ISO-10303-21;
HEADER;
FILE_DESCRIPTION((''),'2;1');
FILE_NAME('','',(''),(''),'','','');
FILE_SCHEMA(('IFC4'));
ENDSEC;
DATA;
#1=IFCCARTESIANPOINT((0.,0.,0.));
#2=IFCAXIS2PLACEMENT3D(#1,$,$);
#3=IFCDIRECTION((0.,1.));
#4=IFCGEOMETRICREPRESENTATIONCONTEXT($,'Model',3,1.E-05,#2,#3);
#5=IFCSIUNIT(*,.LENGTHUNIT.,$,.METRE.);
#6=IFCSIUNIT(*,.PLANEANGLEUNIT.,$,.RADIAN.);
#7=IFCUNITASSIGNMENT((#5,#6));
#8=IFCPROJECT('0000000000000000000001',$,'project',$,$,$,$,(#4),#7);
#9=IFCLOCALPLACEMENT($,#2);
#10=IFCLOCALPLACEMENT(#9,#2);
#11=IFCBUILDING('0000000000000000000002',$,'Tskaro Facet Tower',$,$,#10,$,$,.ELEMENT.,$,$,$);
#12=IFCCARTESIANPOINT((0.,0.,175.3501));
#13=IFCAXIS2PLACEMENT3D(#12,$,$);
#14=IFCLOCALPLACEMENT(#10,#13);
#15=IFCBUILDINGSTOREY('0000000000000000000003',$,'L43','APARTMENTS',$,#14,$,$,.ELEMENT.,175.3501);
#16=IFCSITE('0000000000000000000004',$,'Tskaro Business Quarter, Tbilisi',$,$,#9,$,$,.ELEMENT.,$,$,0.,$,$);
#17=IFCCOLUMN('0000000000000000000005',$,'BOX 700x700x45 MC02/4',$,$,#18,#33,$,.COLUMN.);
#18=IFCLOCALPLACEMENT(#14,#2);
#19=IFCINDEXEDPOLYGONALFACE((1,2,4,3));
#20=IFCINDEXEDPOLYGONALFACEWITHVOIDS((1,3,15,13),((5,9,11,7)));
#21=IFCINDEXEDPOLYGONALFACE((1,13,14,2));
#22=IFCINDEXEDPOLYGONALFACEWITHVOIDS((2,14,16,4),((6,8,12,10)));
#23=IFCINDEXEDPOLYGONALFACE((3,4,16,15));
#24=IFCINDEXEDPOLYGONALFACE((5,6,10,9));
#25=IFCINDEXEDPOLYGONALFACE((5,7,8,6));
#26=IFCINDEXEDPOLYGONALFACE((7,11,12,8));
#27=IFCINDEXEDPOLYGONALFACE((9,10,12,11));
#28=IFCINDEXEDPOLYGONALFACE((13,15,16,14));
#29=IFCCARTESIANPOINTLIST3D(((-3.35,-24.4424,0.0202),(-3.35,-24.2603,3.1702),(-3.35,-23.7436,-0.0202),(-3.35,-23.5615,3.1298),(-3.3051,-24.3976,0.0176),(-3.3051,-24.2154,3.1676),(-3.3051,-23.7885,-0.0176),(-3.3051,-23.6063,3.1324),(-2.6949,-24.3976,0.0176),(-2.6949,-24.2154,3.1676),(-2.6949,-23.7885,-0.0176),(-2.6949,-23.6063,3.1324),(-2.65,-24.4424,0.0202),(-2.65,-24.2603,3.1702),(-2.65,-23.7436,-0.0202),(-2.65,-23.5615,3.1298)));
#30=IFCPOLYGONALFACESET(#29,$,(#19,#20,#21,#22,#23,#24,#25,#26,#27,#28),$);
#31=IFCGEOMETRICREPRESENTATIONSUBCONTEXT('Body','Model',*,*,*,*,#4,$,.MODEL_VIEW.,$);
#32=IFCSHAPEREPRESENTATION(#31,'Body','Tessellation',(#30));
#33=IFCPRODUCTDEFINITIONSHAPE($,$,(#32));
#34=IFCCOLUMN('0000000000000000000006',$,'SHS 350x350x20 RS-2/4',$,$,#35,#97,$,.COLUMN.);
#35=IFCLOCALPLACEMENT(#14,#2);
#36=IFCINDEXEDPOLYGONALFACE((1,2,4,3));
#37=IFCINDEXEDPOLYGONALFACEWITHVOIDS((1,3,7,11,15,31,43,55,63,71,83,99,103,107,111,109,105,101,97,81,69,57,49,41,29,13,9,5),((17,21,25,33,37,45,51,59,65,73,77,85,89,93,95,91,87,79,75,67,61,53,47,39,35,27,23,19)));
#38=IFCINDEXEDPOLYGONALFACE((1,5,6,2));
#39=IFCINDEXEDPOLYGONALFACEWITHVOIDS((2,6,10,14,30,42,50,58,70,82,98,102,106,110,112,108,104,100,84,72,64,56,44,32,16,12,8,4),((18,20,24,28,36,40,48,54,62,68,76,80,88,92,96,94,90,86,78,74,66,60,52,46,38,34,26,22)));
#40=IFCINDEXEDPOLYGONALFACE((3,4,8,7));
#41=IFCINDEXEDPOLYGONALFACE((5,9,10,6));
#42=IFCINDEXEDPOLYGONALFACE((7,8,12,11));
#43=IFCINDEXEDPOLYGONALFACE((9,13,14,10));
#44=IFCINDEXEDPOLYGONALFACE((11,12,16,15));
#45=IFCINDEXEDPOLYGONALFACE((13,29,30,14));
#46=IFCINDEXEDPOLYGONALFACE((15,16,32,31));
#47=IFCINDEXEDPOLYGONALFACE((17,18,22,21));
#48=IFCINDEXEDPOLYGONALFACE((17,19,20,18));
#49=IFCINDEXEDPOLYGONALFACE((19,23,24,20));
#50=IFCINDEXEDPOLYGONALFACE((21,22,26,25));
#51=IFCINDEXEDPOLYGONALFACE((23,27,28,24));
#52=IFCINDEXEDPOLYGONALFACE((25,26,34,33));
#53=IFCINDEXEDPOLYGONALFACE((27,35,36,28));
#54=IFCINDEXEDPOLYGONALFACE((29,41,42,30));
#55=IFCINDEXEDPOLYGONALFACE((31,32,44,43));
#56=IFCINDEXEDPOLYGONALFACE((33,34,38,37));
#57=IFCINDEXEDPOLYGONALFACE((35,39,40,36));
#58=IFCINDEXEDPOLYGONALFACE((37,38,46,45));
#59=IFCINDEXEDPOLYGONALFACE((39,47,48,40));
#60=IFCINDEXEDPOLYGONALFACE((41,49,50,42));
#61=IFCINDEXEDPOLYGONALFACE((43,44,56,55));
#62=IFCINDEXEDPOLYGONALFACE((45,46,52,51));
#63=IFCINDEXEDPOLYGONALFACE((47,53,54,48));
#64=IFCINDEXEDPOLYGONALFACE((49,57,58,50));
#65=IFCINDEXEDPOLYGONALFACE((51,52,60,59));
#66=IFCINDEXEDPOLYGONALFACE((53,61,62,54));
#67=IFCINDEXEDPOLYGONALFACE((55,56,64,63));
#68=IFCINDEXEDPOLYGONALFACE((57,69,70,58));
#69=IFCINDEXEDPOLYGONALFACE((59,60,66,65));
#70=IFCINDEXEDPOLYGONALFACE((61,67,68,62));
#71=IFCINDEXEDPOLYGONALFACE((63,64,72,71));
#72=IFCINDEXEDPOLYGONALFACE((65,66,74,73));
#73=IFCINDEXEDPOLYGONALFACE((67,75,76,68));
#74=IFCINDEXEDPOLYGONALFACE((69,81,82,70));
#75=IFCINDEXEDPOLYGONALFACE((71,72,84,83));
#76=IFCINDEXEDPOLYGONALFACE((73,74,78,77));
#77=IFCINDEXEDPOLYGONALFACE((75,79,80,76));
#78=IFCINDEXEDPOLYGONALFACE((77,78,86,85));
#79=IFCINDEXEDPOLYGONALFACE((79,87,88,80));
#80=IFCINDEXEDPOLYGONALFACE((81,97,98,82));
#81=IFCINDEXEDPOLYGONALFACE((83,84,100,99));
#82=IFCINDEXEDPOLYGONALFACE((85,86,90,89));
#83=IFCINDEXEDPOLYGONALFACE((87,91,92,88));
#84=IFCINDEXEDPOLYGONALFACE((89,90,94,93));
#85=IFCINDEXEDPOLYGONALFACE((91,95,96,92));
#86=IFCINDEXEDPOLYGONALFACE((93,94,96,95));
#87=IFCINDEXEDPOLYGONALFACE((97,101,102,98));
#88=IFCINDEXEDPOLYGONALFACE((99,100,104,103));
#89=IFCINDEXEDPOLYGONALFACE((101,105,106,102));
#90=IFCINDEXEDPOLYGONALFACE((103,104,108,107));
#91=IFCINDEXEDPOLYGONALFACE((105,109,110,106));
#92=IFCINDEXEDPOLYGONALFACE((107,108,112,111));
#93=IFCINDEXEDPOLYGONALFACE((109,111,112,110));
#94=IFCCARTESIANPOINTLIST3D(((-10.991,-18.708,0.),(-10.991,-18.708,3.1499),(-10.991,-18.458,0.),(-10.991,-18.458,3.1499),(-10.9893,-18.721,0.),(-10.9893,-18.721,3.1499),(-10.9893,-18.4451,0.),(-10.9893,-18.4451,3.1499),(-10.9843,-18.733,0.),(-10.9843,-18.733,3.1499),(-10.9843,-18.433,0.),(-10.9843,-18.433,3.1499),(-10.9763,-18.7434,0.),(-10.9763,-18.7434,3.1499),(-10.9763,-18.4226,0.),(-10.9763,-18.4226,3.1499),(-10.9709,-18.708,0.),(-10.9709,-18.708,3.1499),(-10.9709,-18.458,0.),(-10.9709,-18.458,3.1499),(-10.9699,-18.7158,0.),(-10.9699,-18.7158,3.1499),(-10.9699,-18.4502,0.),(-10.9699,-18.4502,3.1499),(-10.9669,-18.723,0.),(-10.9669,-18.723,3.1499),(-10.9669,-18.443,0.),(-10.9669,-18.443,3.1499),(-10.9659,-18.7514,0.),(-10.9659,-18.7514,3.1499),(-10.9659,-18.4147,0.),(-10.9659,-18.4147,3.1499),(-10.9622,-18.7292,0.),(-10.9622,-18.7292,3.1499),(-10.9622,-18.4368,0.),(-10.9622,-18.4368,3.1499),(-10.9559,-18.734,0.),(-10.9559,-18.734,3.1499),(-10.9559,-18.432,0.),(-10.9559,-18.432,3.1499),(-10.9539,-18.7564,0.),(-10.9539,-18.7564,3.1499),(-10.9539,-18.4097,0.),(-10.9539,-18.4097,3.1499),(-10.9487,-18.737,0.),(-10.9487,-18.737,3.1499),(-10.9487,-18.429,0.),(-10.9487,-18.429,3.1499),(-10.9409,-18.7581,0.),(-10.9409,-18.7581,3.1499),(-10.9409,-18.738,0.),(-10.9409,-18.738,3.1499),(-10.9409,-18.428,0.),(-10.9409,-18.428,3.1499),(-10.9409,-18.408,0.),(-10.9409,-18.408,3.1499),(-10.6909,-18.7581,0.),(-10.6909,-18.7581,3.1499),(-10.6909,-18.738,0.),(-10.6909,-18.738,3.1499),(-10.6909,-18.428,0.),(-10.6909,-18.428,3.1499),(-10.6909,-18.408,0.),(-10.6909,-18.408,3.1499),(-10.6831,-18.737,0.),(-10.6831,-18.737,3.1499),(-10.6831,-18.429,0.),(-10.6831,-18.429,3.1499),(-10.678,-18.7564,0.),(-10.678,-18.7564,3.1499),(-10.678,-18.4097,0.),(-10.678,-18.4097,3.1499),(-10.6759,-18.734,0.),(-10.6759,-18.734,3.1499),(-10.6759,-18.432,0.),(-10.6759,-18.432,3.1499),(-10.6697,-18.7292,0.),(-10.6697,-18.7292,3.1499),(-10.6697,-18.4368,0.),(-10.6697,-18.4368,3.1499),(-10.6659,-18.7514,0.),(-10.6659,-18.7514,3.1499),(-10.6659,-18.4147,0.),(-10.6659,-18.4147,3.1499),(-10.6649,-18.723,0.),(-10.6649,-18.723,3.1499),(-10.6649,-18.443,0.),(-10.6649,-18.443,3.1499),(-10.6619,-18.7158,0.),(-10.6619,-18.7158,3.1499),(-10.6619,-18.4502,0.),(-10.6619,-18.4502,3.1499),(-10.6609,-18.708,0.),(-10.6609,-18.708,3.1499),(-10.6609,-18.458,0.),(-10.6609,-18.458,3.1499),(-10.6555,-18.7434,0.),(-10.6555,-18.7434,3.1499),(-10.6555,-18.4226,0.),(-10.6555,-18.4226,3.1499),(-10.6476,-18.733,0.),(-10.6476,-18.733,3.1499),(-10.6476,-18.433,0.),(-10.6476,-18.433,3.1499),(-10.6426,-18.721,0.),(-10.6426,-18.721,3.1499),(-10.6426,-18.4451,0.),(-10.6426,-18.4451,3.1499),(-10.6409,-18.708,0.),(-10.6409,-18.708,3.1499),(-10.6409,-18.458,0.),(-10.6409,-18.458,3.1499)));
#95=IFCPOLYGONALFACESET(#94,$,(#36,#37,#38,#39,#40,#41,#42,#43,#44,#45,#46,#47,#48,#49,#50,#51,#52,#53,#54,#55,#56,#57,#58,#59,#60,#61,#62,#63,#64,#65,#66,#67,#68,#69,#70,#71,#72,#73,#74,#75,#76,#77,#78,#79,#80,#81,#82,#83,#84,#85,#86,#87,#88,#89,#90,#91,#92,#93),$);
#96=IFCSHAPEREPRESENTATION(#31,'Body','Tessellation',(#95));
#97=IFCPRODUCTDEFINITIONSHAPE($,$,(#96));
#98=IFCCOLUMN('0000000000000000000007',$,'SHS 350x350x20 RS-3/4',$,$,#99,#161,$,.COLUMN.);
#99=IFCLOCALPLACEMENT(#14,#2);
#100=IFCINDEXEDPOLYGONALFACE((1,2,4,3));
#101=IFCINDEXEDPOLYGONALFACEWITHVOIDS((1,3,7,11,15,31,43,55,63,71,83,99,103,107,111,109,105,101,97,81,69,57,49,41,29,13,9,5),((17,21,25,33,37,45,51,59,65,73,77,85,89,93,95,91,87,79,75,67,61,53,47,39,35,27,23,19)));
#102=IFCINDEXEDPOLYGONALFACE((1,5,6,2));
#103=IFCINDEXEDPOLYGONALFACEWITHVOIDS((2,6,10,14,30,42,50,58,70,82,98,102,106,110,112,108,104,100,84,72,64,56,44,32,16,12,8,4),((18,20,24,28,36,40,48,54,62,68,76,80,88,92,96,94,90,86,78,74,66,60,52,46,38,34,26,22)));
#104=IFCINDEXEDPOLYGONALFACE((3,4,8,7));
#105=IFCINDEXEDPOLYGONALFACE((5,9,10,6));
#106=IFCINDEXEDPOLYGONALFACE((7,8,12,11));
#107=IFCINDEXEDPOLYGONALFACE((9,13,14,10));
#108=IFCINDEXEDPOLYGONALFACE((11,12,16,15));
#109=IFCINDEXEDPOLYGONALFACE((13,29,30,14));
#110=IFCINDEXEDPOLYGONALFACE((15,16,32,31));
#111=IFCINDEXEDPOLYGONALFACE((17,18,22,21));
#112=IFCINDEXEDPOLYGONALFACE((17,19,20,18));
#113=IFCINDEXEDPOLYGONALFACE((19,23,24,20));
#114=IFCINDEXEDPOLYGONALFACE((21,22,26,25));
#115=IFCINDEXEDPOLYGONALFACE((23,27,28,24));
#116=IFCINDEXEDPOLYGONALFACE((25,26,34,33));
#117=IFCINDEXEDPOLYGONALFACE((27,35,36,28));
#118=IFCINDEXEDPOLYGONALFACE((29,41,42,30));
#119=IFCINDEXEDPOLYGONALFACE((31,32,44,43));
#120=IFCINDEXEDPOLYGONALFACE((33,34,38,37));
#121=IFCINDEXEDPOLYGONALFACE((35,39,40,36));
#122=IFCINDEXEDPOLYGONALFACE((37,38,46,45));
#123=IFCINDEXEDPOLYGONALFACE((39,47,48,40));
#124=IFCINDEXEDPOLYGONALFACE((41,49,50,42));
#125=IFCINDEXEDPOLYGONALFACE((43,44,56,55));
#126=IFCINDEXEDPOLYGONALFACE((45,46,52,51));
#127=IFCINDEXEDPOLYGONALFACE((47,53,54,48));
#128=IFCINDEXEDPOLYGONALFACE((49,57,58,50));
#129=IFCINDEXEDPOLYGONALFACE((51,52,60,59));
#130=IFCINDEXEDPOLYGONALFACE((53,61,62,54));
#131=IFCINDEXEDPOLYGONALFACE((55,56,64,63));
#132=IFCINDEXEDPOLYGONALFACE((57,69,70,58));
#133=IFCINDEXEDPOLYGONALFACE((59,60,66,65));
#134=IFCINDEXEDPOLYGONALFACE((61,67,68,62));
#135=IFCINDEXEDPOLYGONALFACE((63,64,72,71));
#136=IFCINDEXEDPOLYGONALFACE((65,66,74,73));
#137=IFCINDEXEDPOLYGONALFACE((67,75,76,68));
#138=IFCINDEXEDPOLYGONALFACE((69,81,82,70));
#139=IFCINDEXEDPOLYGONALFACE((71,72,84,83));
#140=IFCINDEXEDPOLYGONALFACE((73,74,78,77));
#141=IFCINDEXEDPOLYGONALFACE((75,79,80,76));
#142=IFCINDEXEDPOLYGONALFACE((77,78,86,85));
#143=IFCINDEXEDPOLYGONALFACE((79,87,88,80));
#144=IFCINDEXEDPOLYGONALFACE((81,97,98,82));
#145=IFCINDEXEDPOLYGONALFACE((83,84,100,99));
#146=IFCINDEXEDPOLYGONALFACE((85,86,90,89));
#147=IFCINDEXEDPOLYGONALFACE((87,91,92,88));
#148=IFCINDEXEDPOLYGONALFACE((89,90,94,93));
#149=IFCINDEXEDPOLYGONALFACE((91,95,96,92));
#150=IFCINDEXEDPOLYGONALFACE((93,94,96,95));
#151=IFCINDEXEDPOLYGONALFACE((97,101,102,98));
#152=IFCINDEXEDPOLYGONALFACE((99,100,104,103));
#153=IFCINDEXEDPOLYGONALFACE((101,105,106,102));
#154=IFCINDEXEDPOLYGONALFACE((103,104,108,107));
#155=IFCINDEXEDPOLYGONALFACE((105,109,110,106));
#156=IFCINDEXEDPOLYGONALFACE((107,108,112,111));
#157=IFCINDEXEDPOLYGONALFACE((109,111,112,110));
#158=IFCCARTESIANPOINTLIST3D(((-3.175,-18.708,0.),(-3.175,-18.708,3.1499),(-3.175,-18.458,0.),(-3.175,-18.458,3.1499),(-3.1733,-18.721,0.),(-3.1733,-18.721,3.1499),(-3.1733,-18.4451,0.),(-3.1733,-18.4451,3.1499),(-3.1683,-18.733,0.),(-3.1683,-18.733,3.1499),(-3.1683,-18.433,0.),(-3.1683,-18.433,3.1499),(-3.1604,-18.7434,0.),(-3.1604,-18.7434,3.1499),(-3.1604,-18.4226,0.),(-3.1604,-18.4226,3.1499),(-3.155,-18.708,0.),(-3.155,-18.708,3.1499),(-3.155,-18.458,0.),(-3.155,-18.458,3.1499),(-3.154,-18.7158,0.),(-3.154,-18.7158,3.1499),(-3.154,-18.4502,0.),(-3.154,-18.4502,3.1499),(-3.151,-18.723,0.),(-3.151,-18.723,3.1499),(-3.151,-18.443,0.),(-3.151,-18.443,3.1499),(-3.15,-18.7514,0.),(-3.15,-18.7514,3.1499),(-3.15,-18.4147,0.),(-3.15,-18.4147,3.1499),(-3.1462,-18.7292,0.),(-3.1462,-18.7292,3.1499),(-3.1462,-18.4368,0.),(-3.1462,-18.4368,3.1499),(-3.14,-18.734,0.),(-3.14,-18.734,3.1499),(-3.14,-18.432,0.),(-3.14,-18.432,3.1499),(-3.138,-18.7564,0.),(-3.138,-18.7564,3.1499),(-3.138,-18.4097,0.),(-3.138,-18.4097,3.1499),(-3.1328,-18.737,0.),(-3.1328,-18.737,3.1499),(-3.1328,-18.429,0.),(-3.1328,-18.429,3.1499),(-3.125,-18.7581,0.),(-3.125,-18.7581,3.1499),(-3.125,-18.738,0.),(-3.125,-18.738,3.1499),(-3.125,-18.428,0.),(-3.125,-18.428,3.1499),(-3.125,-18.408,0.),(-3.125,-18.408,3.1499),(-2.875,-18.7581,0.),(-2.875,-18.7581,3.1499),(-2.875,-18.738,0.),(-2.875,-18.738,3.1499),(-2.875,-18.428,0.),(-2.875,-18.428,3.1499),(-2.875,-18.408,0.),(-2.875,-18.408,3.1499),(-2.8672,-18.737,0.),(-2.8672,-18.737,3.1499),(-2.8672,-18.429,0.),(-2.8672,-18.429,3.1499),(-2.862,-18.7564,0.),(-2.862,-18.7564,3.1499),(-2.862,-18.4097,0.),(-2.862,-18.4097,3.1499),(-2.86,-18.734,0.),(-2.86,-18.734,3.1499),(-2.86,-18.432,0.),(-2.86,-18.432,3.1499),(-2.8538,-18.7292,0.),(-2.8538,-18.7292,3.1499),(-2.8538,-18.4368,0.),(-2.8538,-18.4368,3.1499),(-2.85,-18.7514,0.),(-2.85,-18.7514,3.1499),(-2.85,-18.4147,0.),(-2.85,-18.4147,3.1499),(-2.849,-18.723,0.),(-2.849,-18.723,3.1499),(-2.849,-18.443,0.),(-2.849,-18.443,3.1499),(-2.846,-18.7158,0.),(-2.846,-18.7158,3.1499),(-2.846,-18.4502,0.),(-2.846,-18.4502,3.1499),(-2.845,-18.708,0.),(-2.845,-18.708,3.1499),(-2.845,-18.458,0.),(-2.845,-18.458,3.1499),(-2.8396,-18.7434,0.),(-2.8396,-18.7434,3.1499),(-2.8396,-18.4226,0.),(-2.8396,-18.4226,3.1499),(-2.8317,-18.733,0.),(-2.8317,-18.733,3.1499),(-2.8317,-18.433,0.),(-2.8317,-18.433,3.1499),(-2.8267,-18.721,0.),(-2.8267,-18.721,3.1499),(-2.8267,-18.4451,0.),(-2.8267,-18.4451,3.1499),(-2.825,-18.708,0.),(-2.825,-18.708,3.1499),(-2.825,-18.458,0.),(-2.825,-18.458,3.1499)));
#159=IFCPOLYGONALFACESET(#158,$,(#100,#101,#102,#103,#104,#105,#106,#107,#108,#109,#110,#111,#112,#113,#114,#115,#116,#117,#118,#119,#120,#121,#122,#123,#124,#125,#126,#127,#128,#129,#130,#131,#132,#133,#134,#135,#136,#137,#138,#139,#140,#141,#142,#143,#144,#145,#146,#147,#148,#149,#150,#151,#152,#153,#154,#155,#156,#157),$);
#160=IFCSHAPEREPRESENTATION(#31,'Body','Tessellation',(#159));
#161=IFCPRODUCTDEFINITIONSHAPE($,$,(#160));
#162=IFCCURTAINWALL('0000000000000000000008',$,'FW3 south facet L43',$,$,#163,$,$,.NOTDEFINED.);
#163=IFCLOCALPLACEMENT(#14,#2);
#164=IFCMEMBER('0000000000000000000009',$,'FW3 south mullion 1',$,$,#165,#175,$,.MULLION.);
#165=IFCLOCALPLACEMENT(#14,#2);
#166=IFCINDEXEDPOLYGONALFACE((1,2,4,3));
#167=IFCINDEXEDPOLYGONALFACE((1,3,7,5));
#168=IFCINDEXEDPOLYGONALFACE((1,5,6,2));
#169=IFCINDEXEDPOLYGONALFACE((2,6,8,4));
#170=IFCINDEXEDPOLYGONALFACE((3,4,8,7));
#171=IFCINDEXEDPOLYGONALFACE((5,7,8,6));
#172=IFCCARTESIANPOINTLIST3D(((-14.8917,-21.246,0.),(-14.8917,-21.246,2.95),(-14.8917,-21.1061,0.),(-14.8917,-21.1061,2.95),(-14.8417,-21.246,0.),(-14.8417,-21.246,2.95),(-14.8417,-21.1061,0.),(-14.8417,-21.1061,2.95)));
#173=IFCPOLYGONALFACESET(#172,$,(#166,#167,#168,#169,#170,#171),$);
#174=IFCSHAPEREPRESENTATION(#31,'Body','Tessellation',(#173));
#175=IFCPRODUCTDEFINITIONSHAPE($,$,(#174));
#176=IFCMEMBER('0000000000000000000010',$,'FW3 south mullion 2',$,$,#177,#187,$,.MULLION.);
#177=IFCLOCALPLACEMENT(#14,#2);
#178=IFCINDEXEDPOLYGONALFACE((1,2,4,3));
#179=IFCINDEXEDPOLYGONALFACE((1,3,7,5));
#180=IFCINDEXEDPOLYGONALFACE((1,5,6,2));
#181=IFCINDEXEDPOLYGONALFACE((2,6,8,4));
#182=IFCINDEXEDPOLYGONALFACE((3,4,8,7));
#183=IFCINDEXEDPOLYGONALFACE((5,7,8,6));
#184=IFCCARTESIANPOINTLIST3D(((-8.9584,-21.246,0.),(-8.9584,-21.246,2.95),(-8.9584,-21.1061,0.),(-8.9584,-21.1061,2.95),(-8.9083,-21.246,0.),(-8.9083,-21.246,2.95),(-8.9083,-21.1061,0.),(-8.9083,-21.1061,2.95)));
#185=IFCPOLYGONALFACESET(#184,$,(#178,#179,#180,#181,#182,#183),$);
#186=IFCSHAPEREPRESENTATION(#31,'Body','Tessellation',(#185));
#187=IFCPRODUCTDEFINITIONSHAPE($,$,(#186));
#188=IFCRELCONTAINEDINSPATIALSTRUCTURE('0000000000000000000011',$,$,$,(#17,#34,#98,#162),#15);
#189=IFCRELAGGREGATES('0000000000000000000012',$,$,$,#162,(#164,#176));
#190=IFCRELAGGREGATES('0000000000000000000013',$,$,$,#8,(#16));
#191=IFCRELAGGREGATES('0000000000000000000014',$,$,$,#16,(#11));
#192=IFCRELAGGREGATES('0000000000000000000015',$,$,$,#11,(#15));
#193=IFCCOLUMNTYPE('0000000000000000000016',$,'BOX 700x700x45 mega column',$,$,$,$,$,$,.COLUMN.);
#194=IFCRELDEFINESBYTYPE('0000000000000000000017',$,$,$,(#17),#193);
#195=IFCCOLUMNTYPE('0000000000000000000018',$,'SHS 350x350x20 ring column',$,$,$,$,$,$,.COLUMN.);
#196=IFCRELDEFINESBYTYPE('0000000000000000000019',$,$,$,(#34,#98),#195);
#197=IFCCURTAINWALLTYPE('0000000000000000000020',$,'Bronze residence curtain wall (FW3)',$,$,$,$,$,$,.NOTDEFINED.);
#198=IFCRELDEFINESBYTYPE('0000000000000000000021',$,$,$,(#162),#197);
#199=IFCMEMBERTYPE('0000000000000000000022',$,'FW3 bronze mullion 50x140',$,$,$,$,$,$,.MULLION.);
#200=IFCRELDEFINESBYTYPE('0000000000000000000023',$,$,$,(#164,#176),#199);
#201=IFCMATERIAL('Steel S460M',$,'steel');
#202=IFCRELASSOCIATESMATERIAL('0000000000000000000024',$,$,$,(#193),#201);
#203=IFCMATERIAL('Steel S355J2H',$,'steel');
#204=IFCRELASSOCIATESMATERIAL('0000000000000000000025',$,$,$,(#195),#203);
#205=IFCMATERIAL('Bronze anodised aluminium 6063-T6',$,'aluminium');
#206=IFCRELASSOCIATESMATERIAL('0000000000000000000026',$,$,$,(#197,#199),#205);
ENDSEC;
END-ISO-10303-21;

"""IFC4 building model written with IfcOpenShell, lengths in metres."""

from ifc_helpers import new_model, si_unit, direction, frame, origin, origin_2d, place, context, subcontext, project, spatial, rectangle, hollow_rectangle, extrude, material, material_profile, profile_set, type_object, element, aggregate, save


model = new_model("IFC4")

# Units and contexts
model_context = context("Model", 3, precision=1e-05, world=origin(), true_north=direction((0.0, 1.0)))
body_context = subcontext(model_context, "Body", "Model", "MODEL_VIEW")
ifc_project = project(units=[si_unit("LENGTHUNIT", "METRE"), si_unit("PLANEANGLEUNIT", "RADIAN")], contexts=[model_context])

# Site, building, storey
site_placement = place(None, origin())
site = spatial("IfcSite", under=ifc_project, at=site_placement, Name="Tskaro Business Quarter, Tbilisi", CompositionType="ELEMENT", RefElevation=0.0)
building_placement = place(site_placement, origin())
building = spatial("IfcBuilding", under=site, at=building_placement, Name="Tskaro Facet Tower", CompositionType="ELEMENT")
storey_placement = place(building_placement, frame((0.0, 0.0, 175.3501)))
storey = spatial("IfcBuildingStorey", under=building, at=storey_placement, Name="L43", Description="APARTMENTS", CompositionType="ELEMENT", Elevation=175.3501)

# Columns
ifc_material_1 = material(Name="Steel S460M", Category="steel")
ifc_material_profile_1 = material_profile(ifc_material_1, hollow_rectangle(XDim=0.7, YDim=0.7, WallThickness=0.0449, at=origin_2d()), Name="BOX 700x700x45")
ifc_profile_set_1 = profile_set([ifc_material_profile_1], Name="Steel S460M")
column_type_1 = type_object("IfcColumnType", Name="BOX 700x700x45 mega column", PredefinedType="COLUMN", material=ifc_profile_set_1)
column_placement = place(storey_placement, frame((-3.0, -24.093, 0.0), z_axis=(0.0, 0.057724, 0.998333), x_axis=(-1.0, 0.0, 0.0)))
element("IfcColumn", 1, at=column_placement, inside=storey, type_object=column_type_1, Name="BOX 700x700x45 MC02/4", PredefinedType="COLUMN", context=body_context, shape_type="SweptSolid", body=[
    extrude(hollow_rectangle(XDim=0.7, YDim=0.7, WallThickness=0.0449, at=origin_2d()), origin(), (0.0, 0.0, 1.0), 3.1553),
])
ifc_material_2 = material(Name="Steel S355J2H", Category="steel")
ifc_material_profile_2 = material_profile(ifc_material_2, hollow_rectangle(XDim=0.3501, YDim=0.3501, WallThickness=0.02, InnerFilletRadius=0.03, OuterFilletRadius=0.05, at=origin_2d()), Name="SHS 350x350x20")
ifc_profile_set_2 = profile_set([ifc_material_profile_2], Name="Steel S355J2H")
column_type_2 = type_object("IfcColumnType", Name="SHS 350x350x20 ring column", PredefinedType="COLUMN", material=ifc_profile_set_2)
for number, where, z_axis, x_axis, name in (
    (2, (-10.8159, -18.583, 0.0), (0.0, 0.0, 1.0), (1.0, 0.0, 0.0), "SHS 350x350x20 RS-2/4"),
    (3, (-3.0, -18.583, 0.0), (0.0, 0.0, 1.0), (1.0, 0.0, 0.0), "SHS 350x350x20 RS-3/4"),
):
    element("IfcColumn", number, at=place(storey_placement, frame(where, z_axis=z_axis, x_axis=x_axis)), inside=storey, type_object=column_type_2, Name=name, PredefinedType="COLUMN", context=body_context, shape_type="SweptSolid", body=[
        extrude(hollow_rectangle(XDim=0.3501, YDim=0.3501, WallThickness=0.02, InnerFilletRadius=0.03, OuterFilletRadius=0.05, at=origin_2d()), origin(), (0.0, 0.0, 1.0), 3.1499),
    ])

# Curtain wall, members
ifc_material_3 = material(Name="Bronze anodised aluminium 6063-T6", Category="aluminium")
curtain_wall_type = type_object("IfcCurtainWallType", Name="Bronze residence curtain wall (FW3)", PredefinedType="NOTDEFINED", material=ifc_material_3)
curtain_wall_placement = place(storey_placement, origin())
curtain_wall = element("IfcCurtainWall", 4, at=curtain_wall_placement, inside=storey, type_object=curtain_wall_type, Name="FW3 south facet L43", PredefinedType="NOTDEFINED")
ifc_material_profile_3 = material_profile(ifc_material_3, rectangle(XDim=0.05, YDim=0.1399, at=origin_2d()), Name="Mullion 50x140")
ifc_profile_set_3 = profile_set([ifc_material_profile_3], Name="Bronze anodised aluminium 6063-T6")
member_type_1 = type_object("IfcMemberType", Name="FW3 bronze mullion 50x140", PredefinedType="MULLION", material=ifc_profile_set_3)
member_1_placement = place(storey_placement, frame((-14.8667, -21.176, 0.0), z_axis=(0.0, 0.0, 1.0), x_axis=(1.0, 0.0, 0.0)))
member_1 = element("IfcMember", 5, at=member_1_placement, type_object=member_type_1, Name="FW3 south mullion 1", PredefinedType="MULLION", context=body_context, shape_type="SweptSolid", body=[
    extrude(rectangle(XDim=0.05, YDim=0.1399, at=origin_2d()), origin(), (0.0, 0.0, 1.0), 2.95),
])
member_2_placement = place(storey_placement, frame((-8.9333, -21.176, 0.0), z_axis=(0.0, 0.0, 1.0), x_axis=(1.0, 0.0, 0.0)))
member_2 = element("IfcMember", 6, at=member_2_placement, type_object=member_type_1, Name="FW3 south mullion 2", PredefinedType="MULLION", context=body_context, shape_type="SweptSolid", body=[
    extrude(rectangle(XDim=0.05, YDim=0.1399, at=origin_2d()), origin(), (0.0, 0.0, 1.0), 2.95),
])

aggregate(curtain_wall, [member_1, member_2])

save(model, "model.ifc")
